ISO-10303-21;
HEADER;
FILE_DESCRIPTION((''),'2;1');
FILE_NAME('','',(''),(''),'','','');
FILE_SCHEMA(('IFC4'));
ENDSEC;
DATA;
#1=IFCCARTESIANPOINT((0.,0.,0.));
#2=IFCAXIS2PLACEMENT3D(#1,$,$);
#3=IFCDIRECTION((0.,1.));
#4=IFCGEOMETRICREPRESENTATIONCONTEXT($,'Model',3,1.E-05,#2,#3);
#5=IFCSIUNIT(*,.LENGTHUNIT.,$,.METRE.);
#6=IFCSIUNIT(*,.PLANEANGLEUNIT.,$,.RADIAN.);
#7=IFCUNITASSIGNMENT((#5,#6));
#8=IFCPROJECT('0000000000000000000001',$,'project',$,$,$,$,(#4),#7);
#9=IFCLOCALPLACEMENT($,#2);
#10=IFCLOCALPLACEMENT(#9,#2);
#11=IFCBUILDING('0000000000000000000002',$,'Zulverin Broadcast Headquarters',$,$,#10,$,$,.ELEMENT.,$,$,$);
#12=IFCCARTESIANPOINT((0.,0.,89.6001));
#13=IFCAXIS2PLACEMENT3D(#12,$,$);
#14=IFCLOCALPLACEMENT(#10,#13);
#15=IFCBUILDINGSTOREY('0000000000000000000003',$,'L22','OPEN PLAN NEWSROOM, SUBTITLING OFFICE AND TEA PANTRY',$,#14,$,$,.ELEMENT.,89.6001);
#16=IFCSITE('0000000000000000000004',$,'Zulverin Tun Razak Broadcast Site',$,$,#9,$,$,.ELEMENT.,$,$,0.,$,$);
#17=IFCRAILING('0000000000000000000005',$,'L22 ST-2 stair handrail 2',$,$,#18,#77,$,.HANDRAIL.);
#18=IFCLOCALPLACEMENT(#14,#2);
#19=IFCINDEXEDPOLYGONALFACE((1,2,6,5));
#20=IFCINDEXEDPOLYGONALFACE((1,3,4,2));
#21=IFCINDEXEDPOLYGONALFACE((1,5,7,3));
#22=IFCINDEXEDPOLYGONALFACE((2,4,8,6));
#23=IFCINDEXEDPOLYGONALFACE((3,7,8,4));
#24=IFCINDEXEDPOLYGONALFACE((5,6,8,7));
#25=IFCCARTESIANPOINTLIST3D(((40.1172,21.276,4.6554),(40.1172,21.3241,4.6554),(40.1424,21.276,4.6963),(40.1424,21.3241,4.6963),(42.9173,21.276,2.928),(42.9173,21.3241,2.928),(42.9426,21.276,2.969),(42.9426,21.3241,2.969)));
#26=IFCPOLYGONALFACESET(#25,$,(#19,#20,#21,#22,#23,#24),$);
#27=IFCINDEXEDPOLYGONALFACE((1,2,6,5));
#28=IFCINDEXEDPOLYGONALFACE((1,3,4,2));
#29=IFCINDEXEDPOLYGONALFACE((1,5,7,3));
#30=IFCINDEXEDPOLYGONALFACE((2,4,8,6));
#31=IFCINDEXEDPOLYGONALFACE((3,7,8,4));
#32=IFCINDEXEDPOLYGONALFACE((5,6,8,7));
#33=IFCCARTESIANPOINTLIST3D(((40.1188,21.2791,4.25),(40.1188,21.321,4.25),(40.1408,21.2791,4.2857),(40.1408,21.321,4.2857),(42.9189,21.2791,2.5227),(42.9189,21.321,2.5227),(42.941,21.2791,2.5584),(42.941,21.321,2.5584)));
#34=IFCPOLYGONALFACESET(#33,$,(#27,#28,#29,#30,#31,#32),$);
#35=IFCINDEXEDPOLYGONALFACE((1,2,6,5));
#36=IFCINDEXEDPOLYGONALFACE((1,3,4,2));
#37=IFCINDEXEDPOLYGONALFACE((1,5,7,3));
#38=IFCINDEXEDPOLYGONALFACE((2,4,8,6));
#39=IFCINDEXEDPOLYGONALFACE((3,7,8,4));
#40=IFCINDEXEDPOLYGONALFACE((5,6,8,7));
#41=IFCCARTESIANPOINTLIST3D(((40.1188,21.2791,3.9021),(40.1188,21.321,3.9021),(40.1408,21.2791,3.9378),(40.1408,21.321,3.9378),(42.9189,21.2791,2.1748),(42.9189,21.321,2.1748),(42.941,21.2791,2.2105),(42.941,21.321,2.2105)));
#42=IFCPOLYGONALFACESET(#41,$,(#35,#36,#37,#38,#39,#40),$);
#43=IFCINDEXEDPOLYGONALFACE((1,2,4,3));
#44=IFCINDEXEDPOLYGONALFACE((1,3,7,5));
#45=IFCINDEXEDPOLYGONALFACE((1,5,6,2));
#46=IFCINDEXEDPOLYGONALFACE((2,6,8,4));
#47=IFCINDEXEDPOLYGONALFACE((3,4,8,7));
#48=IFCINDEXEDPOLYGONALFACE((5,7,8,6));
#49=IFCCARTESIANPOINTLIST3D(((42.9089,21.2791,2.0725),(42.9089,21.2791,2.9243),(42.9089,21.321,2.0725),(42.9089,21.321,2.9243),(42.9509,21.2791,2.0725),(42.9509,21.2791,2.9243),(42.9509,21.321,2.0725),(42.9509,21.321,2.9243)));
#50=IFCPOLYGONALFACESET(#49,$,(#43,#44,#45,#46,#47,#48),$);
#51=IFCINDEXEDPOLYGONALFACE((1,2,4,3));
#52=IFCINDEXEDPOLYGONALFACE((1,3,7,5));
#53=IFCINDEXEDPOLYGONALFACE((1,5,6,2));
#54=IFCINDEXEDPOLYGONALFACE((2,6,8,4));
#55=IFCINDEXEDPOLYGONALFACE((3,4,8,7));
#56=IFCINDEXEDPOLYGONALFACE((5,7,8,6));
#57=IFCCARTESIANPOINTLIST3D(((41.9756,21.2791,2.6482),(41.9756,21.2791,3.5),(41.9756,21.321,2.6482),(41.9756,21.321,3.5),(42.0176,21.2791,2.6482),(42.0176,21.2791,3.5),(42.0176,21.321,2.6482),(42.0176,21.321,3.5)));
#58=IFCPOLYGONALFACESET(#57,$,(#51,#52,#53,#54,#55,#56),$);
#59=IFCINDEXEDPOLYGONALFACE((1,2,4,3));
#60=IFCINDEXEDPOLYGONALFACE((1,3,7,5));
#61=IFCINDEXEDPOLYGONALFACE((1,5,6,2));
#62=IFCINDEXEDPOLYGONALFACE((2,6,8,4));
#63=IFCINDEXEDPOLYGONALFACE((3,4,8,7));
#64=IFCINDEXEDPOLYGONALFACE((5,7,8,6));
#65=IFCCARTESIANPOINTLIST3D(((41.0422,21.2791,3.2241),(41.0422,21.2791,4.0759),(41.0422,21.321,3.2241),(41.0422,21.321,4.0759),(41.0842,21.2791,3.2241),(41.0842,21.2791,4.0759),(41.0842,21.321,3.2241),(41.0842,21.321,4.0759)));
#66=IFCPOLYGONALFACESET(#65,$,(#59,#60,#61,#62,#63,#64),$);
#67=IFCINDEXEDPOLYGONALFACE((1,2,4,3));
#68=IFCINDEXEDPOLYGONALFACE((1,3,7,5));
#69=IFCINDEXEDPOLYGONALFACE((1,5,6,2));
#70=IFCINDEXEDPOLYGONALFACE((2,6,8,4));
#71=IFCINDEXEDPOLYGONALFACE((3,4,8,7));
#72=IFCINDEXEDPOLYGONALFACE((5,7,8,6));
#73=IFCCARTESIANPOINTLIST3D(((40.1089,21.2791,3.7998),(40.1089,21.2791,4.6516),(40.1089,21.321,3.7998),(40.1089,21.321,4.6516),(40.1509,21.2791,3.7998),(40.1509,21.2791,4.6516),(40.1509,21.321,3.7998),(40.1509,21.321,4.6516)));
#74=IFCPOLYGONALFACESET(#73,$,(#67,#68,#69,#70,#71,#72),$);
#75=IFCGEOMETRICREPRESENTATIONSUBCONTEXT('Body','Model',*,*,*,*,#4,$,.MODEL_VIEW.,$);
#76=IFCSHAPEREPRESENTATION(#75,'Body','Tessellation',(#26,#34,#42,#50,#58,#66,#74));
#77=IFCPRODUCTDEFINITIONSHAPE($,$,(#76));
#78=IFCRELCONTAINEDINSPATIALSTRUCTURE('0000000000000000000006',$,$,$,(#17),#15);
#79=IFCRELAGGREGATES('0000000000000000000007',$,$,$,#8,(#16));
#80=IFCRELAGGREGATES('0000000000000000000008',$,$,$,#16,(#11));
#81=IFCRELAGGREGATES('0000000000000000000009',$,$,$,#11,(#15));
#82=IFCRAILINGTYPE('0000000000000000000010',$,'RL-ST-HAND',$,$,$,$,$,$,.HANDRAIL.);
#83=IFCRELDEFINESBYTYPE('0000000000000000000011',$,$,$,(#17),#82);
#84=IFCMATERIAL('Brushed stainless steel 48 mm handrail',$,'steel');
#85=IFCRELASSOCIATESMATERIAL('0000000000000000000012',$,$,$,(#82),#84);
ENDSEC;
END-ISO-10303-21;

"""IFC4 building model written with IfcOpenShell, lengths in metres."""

from ifc_helpers import new_model, si_unit, direction, frame, origin, origin_2d, place, context, subcontext, project, spatial, rectangle, extrude, material, type_object, element, save


model = new_model("IFC4")

# Units and contexts
model_context = context("Model", 3, precision=1e-05, world=origin(), true_north=direction((0.0, 1.0)))
body_context = subcontext(model_context, "Body", "Model", "MODEL_VIEW")
ifc_project = project(units=[si_unit("LENGTHUNIT", "METRE"), si_unit("PLANEANGLEUNIT", "RADIAN")], contexts=[model_context])

# Site, building, storey
site_placement = place(None, origin())
site = spatial("IfcSite", under=ifc_project, at=site_placement, Name="Zulverin Tun Razak Broadcast Site", CompositionType="ELEMENT", RefElevation=0.0)
building_placement = place(site_placement, origin())
building = spatial("IfcBuilding", under=site, at=building_placement, Name="Zulverin Broadcast Headquarters", CompositionType="ELEMENT")
storey_placement = place(building_placement, frame((0.0, 0.0, 89.6001)))
storey = spatial("IfcBuildingStorey", under=building, at=storey_placement, Name="L22", Description="OPEN PLAN NEWSROOM, SUBTITLING OFFICE AND TEA PANTRY", CompositionType="ELEMENT", Elevation=89.6001)

# Railing
ifc_material_1 = material(Name="Brushed stainless steel 48 mm handrail", Category="steel")
railing_type_1 = type_object("IfcRailingType", Name="RL-ST-HAND", PredefinedType="HANDRAIL", material=ifc_material_1)
railing_1_placement = place(storey_placement, frame((42.9299, 21.3, 2.0725)))
element("IfcRailing", 1, at=railing_1_placement, inside=storey, type_object=railing_type_1, Name="L22 ST-2 stair handrail 2", PredefinedType="HANDRAIL", context=body_context, shape_type="SweptSolid", body=[
    extrude(rectangle(XDim=0.0481, YDim=0.0481, at=origin_2d()), frame((0.0, 0.0, 0.876), z_axis=(-0.85109, 0.0, 0.52502), x_axis=(0.0, -1.0, 0.0)), (0.0, 0.0, 1.0), 3.29),
    extrude(rectangle(XDim=0.042, YDim=0.042, at=origin_2d()), frame((0.0, 0.0, 0.468), z_axis=(-0.85109, 0.0, 0.52502), x_axis=(0.0, -1.0, 0.0)), (0.0, 0.0, 1.0), 3.29),
    extrude(rectangle(XDim=0.042, YDim=0.042, at=origin_2d()), frame((0.0, 0.0, 0.1201), z_axis=(-0.85109, 0.0, 0.52502), x_axis=(0.0, -1.0, 0.0)), (0.0, 0.0, 1.0), 3.29),
    extrude(rectangle(XDim=0.042, YDim=0.042, at=origin_2d()), origin(), (0.0, 0.0, 1.0), 0.8518),
    extrude(rectangle(XDim=0.042, YDim=0.042, at=origin_2d()), frame((-0.9333, 0.0, 0.5757)), (0.0, 0.0, 1.0), 0.8518),
    extrude(rectangle(XDim=0.042, YDim=0.042, at=origin_2d()), frame((-1.8667, 0.0, 1.1516)), (0.0, 0.0, 1.0), 0.8518),
    extrude(rectangle(XDim=0.042, YDim=0.042, at=origin_2d()), frame((-2.8, 0.0, 1.7273)), (0.0, 0.0, 1.0), 0.8518),
])

save(model, "model.ifc")
